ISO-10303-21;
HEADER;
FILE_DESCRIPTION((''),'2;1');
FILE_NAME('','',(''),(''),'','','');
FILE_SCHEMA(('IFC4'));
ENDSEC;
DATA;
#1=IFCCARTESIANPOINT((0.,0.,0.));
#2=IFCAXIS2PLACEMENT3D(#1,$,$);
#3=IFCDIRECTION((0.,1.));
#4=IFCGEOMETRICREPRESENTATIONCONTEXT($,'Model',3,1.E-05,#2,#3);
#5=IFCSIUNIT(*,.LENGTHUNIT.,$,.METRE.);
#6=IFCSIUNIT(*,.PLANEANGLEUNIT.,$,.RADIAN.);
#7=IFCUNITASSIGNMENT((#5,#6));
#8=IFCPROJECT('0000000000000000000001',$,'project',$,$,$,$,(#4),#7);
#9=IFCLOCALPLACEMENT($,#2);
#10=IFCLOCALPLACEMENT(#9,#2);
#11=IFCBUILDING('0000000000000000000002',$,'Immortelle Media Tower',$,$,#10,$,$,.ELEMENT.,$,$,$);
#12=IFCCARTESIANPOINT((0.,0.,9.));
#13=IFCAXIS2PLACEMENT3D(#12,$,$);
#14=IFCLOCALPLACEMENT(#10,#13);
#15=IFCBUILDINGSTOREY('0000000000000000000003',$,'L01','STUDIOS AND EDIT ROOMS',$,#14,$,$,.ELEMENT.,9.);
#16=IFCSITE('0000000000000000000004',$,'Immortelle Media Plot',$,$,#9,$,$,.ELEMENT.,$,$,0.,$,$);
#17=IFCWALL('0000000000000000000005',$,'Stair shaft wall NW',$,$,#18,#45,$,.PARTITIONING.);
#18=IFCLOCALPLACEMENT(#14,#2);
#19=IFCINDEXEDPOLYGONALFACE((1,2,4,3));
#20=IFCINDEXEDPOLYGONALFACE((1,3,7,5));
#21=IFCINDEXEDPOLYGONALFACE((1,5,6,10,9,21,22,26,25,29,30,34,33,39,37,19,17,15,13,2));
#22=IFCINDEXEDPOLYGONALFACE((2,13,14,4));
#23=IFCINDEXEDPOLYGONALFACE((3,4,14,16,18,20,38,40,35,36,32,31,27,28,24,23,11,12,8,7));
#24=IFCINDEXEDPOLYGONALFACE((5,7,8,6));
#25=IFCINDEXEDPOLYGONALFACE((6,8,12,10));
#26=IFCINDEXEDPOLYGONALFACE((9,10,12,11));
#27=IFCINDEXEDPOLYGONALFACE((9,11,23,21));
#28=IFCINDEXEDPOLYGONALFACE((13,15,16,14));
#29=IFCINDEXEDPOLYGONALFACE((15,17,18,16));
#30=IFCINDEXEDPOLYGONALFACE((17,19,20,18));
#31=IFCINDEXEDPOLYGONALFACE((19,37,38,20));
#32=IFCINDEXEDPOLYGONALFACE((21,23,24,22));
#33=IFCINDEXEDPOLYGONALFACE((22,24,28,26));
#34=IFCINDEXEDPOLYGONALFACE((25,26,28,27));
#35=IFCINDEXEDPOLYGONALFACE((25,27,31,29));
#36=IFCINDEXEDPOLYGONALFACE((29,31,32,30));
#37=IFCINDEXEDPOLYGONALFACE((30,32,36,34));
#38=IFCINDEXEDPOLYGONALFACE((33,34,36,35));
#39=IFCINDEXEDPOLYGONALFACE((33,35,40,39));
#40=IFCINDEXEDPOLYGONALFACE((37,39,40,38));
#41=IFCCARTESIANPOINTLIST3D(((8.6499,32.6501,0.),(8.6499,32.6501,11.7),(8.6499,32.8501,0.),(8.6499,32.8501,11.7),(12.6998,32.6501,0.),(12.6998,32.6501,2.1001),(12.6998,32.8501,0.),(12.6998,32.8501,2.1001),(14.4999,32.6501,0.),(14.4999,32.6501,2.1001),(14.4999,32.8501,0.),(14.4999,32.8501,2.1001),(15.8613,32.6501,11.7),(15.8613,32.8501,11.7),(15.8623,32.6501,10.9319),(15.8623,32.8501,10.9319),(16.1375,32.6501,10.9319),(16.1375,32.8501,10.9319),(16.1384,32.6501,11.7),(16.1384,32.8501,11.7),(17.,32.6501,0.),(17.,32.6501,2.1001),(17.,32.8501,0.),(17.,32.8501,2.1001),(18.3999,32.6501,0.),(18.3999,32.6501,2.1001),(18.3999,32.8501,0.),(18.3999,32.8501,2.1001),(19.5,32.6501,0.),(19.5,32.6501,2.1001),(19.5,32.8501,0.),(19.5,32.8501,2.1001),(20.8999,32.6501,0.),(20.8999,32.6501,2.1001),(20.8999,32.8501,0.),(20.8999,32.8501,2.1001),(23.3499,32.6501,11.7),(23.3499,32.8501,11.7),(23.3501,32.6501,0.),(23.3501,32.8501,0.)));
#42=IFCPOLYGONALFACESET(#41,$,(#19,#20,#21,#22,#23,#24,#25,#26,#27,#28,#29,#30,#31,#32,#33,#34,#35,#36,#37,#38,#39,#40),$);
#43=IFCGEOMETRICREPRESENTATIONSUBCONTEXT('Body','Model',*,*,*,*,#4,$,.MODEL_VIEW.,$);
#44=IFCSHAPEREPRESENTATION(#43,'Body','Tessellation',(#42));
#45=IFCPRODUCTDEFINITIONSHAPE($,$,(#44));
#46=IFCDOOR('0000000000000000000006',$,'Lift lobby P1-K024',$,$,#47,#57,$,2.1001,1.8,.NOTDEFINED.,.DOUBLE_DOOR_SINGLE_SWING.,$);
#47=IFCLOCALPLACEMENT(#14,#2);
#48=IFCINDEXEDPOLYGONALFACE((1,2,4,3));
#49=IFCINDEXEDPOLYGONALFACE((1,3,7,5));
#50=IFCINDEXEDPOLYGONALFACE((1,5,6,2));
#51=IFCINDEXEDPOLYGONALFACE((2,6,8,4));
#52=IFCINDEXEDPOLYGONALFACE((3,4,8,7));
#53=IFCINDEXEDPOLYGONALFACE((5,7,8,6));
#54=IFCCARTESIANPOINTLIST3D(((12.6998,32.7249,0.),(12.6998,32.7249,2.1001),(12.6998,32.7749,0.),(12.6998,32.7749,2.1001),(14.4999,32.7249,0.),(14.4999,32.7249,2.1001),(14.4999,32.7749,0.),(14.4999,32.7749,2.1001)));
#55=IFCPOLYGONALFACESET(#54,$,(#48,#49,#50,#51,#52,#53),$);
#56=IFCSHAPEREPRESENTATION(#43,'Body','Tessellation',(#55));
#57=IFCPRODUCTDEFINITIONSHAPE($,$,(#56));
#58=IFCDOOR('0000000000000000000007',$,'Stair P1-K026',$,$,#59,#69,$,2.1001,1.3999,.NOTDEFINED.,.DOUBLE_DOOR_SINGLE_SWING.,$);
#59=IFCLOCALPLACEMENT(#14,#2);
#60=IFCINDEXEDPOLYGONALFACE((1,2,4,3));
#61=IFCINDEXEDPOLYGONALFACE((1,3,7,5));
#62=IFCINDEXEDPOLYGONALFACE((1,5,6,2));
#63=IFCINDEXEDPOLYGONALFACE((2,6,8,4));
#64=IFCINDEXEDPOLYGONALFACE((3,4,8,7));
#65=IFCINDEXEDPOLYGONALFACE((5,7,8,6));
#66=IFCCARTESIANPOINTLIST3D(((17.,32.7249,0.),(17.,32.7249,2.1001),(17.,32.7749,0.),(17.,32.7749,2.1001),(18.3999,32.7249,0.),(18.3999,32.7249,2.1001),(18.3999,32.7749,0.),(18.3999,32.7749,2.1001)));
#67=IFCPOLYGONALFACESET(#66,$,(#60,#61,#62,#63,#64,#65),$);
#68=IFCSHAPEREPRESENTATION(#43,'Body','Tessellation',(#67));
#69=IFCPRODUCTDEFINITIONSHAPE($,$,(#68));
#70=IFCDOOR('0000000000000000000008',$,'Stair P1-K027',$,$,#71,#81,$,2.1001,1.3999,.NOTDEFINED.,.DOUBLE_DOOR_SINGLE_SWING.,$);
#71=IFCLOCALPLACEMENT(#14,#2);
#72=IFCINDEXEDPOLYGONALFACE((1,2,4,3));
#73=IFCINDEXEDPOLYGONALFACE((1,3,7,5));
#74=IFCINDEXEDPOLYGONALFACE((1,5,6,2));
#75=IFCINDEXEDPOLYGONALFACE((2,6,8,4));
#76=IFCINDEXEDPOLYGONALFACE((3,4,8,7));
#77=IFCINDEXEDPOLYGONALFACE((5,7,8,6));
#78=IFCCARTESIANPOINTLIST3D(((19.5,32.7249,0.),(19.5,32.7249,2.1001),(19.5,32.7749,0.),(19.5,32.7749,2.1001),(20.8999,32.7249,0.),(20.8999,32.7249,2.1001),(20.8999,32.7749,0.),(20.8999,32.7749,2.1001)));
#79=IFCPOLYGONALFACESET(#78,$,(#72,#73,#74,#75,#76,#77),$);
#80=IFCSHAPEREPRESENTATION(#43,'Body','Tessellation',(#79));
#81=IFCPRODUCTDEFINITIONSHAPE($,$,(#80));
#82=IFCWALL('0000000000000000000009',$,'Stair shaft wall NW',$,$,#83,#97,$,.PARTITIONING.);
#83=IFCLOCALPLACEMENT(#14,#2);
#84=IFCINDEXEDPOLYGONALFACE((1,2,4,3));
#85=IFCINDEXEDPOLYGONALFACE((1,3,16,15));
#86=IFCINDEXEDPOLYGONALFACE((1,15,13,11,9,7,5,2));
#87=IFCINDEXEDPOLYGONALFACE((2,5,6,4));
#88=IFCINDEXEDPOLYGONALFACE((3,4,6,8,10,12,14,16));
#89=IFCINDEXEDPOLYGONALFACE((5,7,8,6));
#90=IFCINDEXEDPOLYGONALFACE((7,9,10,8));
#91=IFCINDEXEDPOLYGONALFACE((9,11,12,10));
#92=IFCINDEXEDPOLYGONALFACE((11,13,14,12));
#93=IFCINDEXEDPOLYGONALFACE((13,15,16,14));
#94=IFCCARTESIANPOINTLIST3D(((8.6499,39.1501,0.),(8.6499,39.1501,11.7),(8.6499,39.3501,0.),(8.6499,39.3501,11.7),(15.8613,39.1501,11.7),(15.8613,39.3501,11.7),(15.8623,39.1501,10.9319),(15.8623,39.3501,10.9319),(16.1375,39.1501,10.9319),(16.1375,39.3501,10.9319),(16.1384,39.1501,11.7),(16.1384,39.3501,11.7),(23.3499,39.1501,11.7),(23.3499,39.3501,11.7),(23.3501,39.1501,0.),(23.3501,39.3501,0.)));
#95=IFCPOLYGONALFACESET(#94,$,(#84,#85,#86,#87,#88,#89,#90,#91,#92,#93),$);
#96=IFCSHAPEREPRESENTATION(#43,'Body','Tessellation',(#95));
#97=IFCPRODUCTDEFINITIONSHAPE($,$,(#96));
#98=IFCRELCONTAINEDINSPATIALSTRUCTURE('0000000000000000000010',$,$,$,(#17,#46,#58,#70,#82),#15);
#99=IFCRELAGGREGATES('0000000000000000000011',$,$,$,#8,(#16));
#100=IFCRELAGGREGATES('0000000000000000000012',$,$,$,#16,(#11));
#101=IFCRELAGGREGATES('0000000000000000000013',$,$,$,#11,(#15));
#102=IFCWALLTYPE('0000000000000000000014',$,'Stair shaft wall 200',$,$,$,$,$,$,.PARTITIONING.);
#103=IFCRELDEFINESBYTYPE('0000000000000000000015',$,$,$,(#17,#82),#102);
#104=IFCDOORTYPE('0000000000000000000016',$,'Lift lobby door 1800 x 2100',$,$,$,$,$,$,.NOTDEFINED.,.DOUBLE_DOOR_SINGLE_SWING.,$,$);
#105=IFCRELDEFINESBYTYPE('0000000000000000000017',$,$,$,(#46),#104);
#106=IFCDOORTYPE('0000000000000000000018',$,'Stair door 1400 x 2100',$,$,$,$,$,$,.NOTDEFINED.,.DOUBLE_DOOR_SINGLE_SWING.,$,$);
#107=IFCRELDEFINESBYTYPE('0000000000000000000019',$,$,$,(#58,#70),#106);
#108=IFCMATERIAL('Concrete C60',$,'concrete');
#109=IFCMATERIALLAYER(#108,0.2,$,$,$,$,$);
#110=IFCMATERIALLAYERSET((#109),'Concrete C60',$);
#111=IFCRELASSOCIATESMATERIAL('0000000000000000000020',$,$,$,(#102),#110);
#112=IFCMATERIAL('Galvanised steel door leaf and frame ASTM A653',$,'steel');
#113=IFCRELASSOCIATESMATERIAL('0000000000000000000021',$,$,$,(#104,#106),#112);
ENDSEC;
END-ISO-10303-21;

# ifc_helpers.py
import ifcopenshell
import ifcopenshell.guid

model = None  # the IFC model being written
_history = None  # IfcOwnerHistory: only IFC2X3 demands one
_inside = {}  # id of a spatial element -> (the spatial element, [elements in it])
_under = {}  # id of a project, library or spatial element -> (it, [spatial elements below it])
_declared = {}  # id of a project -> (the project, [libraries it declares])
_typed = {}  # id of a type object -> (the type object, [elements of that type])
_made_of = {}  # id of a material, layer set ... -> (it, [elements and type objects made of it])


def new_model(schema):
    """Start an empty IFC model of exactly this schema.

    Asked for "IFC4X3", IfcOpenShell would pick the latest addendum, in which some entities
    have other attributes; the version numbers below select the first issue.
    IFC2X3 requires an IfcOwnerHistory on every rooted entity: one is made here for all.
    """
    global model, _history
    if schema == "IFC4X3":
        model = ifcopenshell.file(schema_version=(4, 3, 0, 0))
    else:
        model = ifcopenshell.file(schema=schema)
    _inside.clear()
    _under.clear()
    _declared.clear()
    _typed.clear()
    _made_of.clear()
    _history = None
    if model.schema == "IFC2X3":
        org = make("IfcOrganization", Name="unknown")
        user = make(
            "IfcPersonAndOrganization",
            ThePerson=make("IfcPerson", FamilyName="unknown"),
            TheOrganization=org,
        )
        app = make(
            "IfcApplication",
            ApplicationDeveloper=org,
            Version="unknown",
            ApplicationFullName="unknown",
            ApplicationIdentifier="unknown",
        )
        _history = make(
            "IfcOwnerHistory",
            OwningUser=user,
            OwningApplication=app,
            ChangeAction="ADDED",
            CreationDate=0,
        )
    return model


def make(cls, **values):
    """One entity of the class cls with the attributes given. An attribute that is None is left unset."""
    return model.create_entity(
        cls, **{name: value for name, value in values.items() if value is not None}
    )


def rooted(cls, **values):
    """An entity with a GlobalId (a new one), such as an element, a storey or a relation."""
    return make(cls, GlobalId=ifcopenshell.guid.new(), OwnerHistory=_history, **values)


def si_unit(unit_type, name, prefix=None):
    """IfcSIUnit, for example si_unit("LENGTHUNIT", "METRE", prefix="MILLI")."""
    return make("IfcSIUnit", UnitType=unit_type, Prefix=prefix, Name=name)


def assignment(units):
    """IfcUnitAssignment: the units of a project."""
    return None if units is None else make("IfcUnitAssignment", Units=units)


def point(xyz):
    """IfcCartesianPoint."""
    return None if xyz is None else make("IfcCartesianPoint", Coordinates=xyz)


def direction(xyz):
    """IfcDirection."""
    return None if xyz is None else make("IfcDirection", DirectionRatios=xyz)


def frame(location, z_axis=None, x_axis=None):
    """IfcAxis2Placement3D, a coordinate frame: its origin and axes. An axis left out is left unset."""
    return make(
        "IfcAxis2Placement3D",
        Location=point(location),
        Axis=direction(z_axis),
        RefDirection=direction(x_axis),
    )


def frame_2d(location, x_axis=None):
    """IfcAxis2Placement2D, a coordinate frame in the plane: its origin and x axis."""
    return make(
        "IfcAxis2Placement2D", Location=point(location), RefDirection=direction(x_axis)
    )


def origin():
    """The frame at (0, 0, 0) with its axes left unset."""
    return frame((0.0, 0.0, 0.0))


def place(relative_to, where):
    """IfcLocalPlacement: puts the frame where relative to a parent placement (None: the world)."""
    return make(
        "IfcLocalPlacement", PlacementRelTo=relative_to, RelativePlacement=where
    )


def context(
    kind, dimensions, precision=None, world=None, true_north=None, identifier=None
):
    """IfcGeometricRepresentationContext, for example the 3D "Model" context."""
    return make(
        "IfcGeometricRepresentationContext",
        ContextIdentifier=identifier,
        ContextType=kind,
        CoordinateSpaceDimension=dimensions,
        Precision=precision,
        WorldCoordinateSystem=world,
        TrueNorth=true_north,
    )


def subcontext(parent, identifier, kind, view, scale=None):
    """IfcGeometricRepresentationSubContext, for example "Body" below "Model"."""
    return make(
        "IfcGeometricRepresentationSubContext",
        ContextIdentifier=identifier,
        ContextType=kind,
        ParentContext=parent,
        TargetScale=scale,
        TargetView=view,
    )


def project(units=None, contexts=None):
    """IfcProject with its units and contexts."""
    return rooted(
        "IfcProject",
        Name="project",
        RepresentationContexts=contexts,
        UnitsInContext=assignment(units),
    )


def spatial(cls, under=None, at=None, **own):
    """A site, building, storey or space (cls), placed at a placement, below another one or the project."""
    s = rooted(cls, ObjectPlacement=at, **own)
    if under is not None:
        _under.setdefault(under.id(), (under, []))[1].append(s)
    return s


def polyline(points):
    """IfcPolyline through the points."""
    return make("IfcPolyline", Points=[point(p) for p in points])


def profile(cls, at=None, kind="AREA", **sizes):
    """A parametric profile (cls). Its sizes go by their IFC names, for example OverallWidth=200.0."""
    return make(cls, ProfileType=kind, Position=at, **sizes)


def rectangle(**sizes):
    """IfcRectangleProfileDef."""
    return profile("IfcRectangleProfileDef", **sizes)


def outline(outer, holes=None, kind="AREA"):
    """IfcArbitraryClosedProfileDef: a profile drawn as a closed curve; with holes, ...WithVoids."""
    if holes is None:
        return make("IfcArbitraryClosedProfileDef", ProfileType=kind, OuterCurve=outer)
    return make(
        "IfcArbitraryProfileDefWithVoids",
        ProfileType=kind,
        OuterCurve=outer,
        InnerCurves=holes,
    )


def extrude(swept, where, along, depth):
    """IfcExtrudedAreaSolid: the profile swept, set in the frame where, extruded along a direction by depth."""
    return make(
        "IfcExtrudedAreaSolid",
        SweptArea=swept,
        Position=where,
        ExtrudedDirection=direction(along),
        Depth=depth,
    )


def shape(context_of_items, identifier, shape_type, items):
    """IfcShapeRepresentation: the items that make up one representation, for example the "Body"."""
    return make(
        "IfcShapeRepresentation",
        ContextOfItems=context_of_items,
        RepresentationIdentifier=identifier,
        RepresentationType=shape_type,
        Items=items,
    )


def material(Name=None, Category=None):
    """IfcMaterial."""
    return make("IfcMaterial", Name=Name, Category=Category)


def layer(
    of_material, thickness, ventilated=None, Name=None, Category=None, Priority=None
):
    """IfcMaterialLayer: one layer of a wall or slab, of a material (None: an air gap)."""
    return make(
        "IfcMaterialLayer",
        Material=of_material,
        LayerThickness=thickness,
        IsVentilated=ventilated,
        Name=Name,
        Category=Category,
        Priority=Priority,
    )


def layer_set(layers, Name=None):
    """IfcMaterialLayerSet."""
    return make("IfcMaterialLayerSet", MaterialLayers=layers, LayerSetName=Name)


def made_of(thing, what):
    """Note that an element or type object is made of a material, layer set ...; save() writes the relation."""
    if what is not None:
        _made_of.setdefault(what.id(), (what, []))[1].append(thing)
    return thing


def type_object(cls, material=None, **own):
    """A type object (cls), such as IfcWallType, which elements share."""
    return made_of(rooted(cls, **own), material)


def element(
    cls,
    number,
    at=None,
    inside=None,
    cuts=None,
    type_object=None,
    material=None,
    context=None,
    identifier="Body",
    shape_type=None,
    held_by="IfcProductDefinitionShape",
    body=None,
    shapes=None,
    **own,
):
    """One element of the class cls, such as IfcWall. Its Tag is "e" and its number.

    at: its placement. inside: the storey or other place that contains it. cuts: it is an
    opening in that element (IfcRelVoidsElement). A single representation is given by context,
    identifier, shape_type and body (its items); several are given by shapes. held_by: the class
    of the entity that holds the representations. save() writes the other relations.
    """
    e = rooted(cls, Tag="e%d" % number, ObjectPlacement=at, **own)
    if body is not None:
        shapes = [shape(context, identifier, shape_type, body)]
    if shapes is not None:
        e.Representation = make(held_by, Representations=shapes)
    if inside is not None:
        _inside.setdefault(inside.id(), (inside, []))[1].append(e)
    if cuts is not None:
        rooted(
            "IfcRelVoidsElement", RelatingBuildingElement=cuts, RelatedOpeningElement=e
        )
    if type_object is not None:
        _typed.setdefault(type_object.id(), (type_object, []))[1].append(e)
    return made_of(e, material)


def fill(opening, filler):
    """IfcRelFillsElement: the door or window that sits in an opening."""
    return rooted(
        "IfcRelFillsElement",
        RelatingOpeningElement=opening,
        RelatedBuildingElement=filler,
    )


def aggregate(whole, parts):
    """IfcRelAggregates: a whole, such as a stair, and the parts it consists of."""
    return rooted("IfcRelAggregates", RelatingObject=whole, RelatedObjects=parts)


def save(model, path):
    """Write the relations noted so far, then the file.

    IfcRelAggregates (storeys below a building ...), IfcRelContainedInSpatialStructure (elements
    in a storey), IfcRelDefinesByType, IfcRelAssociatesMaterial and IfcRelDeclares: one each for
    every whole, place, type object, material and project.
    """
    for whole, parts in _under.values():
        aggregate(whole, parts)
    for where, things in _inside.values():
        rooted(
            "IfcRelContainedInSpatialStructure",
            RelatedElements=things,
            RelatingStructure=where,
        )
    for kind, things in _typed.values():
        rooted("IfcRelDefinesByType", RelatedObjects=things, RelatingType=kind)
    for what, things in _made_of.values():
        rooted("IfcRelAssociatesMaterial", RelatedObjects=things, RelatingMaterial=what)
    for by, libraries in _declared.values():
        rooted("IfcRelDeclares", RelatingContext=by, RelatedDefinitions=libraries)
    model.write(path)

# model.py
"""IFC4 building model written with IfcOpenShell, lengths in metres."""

from ifc_helpers import new_model, si_unit, direction, frame, frame_2d, origin, place, context, subcontext, project, spatial, polyline, rectangle, outline, extrude, material, layer, layer_set, type_object, element, fill, save


model = new_model("IFC4")

# Units and contexts
model_context = context("Model", 3, precision=1e-05, world=origin(), true_north=direction((0.0, 1.0)))
body_context = subcontext(model_context, "Body", "Model", "MODEL_VIEW")
ifc_project = project(units=[si_unit("LENGTHUNIT", "METRE"), si_unit("PLANEANGLEUNIT", "RADIAN")], contexts=[model_context])

# Site, building, storey
site_placement = place(None, origin())
site = spatial("IfcSite", under=ifc_project, at=site_placement, Name="Immortelle Media Plot", CompositionType="ELEMENT", RefElevation=0.0)
building_placement = place(site_placement, origin())
building = spatial("IfcBuilding", under=site, at=building_placement, Name="Immortelle Media Tower", CompositionType="ELEMENT")
storey_placement = place(building_placement, frame((0.0, 0.0, 9.0)))
storey = spatial("IfcBuildingStorey", under=building, at=storey_placement, Name="L01", Description="STUDIOS AND EDIT ROOMS", CompositionType="ELEMENT", Elevation=9.0)

# Shared definitions
ifc_material_1 = material(Name="Galvanised steel door leaf and frame ASTM A653", Category="steel")

# Wall, openings, doors
ifc_material_2 = material(Name="Concrete C60", Category="concrete")
ifc_layer_1 = layer(ifc_material_2, 0.2)
ifc_layer_set_1 = layer_set([ifc_layer_1], Name="Concrete C60")
wall_type_1 = type_object("IfcWallType", Name="Stair shaft wall 200", PredefinedType="PARTITIONING", material=ifc_layer_set_1)
wall_1_placement = place(storey_placement, frame((8.6499, 32.75, 0.0), z_axis=(0.0, 0.0, 1.0), x_axis=(1.0, 0.0, 0.0)))
wall_1 = element("IfcWall", 1, at=wall_1_placement, inside=storey, type_object=wall_type_1, Name="Stair shaft wall NW", PredefinedType="PARTITIONING", context=body_context, shape_type="SweptSolid", body=[
    extrude(outline(polyline([(0.0, 0.0), (14.7002, 0.0), (14.7, 11.7), (7.4885, 11.7), (7.4875, 10.9319), (7.2124, 10.9319), (7.2114, 11.7), (0.0, 11.7), (0.0, 0.0)])), frame((0.0, 0.1001, 0.0), z_axis=(0.0, -1.0, 0.0), x_axis=(1.0, 0.0, 0.0)), (0.0, 0.0, 1.0), 0.2),
])
opening_1_placement = place(wall_1_placement, frame((4.05, 0.0, 0.0)))
opening_1 = element("IfcOpeningElement", 2, at=opening_1_placement, cuts=wall_1, PredefinedType="OPENING", context=body_context, shape_type="SweptSolid", body=[
    extrude(rectangle(XDim=1.8, YDim=2.1001, at=frame_2d((0.8999, 1.05))), frame((0.0, 0.1099, 0.0), z_axis=(0.0, -1.0, 0.0), x_axis=(1.0, 0.0, 0.0)), (0.0, 0.0, 1.0), 0.22),
])
opening_2_placement = place(wall_1_placement, frame((8.3501, 0.0, 0.0)))
opening_2 = element("IfcOpeningElement", 3, at=opening_2_placement, cuts=wall_1, PredefinedType="OPENING", context=body_context, shape_type="SweptSolid", body=[
    extrude(rectangle(XDim=1.3999, YDim=2.1001, at=frame_2d((0.7, 1.05))), frame((0.0, 0.1099, 0.0), z_axis=(0.0, -1.0, 0.0), x_axis=(1.0, 0.0, 0.0)), (0.0, 0.0, 1.0), 0.22),
])
opening_3_placement = place(wall_1_placement, frame((10.8501, 0.0, 0.0)))
opening_3 = element("IfcOpeningElement", 4, at=opening_3_placement, cuts=wall_1, PredefinedType="OPENING", context=body_context, shape_type="SweptSolid", body=[
    extrude(rectangle(XDim=1.3999, YDim=2.1001, at=frame_2d((0.7, 1.05))), frame((0.0, 0.1099, 0.0), z_axis=(0.0, -1.0, 0.0), x_axis=(1.0, 0.0, 0.0)), (0.0, 0.0, 1.0), 0.22),
])
door_type_1 = type_object("IfcDoorType", Name="Lift lobby door 1800 x 2100", OperationType="DOUBLE_DOOR_SINGLE_SWING", PredefinedType="NOTDEFINED", material=ifc_material_1)
door_1_placement = place(opening_1_placement, origin())
door_1 = element("IfcDoor", 5, at=door_1_placement, inside=storey, type_object=door_type_1, Name="Lift lobby P1-K024", OperationType="DOUBLE_DOOR_SINGLE_SWING", OverallHeight=2.1001, OverallWidth=1.8, PredefinedType="NOTDEFINED", context=body_context, shape_type="SweptSolid", body=[
    extrude(rectangle(XDim=1.8, YDim=2.1001, at=frame_2d((0.8999, 1.05))), frame((0.0, 0.0249, 0.0), z_axis=(0.0, -1.0, 0.0), x_axis=(1.0, 0.0, 0.0)), (0.0, 0.0, 1.0), 0.05),
])
fill(opening_1, door_1)
door_type_2 = type_object("IfcDoorType", Name="Stair door 1400 x 2100", OperationType="DOUBLE_DOOR_SINGLE_SWING", PredefinedType="NOTDEFINED", material=ifc_material_1)
door_2_placement = place(opening_2_placement, origin())
door_2 = element("IfcDoor", 6, at=door_2_placement, inside=storey, type_object=door_type_2, Name="Stair P1-K026", OperationType="DOUBLE_DOOR_SINGLE_SWING", OverallHeight=2.1001, OverallWidth=1.3999, PredefinedType="NOTDEFINED", context=body_context, shape_type="SweptSolid", body=[
    extrude(rectangle(XDim=1.3999, YDim=2.1001, at=frame_2d((0.7, 1.05))), frame((0.0, 0.0249, 0.0), z_axis=(0.0, -1.0, 0.0), x_axis=(1.0, 0.0, 0.0)), (0.0, 0.0, 1.0), 0.05),
])
fill(opening_2, door_2)
door_3_placement = place(opening_3_placement, origin())
door_3 = element("IfcDoor", 7, at=door_3_placement, inside=storey, type_object=door_type_2, Name="Stair P1-K027", OperationType="DOUBLE_DOOR_SINGLE_SWING", OverallHeight=2.1001, OverallWidth=1.3999, PredefinedType="NOTDEFINED", context=body_context, shape_type="SweptSolid", body=[
    extrude(rectangle(XDim=1.3999, YDim=2.1001, at=frame_2d((0.7, 1.05))), frame((0.0, 0.0249, 0.0), z_axis=(0.0, -1.0, 0.0), x_axis=(1.0, 0.0, 0.0)), (0.0, 0.0, 1.0), 0.05),
])
fill(opening_3, door_3)

# Wall
wall_2_placement = place(storey_placement, frame((8.6499, 39.25, 0.0), z_axis=(0.0, 0.0, 1.0), x_axis=(1.0, 0.0, 0.0)))
element("IfcWall", 8, at=wall_2_placement, inside=storey, type_object=wall_type_1, Name="Stair shaft wall NW", PredefinedType="PARTITIONING", context=body_context, shape_type="SweptSolid", body=[
    extrude(outline(polyline([(0.0, 0.0), (14.7002, 0.0), (14.7, 11.7), (7.4885, 11.7), (7.4875, 10.9319), (7.2124, 10.9319), (7.2114, 11.7), (0.0, 11.7), (0.0, 0.0)])), frame((0.0, 0.1001, 0.0), z_axis=(0.0, -1.0, 0.0), x_axis=(1.0, 0.0, 0.0)), (0.0, 0.0, 1.0), 0.2),
])

save(model, "model.ifc")
